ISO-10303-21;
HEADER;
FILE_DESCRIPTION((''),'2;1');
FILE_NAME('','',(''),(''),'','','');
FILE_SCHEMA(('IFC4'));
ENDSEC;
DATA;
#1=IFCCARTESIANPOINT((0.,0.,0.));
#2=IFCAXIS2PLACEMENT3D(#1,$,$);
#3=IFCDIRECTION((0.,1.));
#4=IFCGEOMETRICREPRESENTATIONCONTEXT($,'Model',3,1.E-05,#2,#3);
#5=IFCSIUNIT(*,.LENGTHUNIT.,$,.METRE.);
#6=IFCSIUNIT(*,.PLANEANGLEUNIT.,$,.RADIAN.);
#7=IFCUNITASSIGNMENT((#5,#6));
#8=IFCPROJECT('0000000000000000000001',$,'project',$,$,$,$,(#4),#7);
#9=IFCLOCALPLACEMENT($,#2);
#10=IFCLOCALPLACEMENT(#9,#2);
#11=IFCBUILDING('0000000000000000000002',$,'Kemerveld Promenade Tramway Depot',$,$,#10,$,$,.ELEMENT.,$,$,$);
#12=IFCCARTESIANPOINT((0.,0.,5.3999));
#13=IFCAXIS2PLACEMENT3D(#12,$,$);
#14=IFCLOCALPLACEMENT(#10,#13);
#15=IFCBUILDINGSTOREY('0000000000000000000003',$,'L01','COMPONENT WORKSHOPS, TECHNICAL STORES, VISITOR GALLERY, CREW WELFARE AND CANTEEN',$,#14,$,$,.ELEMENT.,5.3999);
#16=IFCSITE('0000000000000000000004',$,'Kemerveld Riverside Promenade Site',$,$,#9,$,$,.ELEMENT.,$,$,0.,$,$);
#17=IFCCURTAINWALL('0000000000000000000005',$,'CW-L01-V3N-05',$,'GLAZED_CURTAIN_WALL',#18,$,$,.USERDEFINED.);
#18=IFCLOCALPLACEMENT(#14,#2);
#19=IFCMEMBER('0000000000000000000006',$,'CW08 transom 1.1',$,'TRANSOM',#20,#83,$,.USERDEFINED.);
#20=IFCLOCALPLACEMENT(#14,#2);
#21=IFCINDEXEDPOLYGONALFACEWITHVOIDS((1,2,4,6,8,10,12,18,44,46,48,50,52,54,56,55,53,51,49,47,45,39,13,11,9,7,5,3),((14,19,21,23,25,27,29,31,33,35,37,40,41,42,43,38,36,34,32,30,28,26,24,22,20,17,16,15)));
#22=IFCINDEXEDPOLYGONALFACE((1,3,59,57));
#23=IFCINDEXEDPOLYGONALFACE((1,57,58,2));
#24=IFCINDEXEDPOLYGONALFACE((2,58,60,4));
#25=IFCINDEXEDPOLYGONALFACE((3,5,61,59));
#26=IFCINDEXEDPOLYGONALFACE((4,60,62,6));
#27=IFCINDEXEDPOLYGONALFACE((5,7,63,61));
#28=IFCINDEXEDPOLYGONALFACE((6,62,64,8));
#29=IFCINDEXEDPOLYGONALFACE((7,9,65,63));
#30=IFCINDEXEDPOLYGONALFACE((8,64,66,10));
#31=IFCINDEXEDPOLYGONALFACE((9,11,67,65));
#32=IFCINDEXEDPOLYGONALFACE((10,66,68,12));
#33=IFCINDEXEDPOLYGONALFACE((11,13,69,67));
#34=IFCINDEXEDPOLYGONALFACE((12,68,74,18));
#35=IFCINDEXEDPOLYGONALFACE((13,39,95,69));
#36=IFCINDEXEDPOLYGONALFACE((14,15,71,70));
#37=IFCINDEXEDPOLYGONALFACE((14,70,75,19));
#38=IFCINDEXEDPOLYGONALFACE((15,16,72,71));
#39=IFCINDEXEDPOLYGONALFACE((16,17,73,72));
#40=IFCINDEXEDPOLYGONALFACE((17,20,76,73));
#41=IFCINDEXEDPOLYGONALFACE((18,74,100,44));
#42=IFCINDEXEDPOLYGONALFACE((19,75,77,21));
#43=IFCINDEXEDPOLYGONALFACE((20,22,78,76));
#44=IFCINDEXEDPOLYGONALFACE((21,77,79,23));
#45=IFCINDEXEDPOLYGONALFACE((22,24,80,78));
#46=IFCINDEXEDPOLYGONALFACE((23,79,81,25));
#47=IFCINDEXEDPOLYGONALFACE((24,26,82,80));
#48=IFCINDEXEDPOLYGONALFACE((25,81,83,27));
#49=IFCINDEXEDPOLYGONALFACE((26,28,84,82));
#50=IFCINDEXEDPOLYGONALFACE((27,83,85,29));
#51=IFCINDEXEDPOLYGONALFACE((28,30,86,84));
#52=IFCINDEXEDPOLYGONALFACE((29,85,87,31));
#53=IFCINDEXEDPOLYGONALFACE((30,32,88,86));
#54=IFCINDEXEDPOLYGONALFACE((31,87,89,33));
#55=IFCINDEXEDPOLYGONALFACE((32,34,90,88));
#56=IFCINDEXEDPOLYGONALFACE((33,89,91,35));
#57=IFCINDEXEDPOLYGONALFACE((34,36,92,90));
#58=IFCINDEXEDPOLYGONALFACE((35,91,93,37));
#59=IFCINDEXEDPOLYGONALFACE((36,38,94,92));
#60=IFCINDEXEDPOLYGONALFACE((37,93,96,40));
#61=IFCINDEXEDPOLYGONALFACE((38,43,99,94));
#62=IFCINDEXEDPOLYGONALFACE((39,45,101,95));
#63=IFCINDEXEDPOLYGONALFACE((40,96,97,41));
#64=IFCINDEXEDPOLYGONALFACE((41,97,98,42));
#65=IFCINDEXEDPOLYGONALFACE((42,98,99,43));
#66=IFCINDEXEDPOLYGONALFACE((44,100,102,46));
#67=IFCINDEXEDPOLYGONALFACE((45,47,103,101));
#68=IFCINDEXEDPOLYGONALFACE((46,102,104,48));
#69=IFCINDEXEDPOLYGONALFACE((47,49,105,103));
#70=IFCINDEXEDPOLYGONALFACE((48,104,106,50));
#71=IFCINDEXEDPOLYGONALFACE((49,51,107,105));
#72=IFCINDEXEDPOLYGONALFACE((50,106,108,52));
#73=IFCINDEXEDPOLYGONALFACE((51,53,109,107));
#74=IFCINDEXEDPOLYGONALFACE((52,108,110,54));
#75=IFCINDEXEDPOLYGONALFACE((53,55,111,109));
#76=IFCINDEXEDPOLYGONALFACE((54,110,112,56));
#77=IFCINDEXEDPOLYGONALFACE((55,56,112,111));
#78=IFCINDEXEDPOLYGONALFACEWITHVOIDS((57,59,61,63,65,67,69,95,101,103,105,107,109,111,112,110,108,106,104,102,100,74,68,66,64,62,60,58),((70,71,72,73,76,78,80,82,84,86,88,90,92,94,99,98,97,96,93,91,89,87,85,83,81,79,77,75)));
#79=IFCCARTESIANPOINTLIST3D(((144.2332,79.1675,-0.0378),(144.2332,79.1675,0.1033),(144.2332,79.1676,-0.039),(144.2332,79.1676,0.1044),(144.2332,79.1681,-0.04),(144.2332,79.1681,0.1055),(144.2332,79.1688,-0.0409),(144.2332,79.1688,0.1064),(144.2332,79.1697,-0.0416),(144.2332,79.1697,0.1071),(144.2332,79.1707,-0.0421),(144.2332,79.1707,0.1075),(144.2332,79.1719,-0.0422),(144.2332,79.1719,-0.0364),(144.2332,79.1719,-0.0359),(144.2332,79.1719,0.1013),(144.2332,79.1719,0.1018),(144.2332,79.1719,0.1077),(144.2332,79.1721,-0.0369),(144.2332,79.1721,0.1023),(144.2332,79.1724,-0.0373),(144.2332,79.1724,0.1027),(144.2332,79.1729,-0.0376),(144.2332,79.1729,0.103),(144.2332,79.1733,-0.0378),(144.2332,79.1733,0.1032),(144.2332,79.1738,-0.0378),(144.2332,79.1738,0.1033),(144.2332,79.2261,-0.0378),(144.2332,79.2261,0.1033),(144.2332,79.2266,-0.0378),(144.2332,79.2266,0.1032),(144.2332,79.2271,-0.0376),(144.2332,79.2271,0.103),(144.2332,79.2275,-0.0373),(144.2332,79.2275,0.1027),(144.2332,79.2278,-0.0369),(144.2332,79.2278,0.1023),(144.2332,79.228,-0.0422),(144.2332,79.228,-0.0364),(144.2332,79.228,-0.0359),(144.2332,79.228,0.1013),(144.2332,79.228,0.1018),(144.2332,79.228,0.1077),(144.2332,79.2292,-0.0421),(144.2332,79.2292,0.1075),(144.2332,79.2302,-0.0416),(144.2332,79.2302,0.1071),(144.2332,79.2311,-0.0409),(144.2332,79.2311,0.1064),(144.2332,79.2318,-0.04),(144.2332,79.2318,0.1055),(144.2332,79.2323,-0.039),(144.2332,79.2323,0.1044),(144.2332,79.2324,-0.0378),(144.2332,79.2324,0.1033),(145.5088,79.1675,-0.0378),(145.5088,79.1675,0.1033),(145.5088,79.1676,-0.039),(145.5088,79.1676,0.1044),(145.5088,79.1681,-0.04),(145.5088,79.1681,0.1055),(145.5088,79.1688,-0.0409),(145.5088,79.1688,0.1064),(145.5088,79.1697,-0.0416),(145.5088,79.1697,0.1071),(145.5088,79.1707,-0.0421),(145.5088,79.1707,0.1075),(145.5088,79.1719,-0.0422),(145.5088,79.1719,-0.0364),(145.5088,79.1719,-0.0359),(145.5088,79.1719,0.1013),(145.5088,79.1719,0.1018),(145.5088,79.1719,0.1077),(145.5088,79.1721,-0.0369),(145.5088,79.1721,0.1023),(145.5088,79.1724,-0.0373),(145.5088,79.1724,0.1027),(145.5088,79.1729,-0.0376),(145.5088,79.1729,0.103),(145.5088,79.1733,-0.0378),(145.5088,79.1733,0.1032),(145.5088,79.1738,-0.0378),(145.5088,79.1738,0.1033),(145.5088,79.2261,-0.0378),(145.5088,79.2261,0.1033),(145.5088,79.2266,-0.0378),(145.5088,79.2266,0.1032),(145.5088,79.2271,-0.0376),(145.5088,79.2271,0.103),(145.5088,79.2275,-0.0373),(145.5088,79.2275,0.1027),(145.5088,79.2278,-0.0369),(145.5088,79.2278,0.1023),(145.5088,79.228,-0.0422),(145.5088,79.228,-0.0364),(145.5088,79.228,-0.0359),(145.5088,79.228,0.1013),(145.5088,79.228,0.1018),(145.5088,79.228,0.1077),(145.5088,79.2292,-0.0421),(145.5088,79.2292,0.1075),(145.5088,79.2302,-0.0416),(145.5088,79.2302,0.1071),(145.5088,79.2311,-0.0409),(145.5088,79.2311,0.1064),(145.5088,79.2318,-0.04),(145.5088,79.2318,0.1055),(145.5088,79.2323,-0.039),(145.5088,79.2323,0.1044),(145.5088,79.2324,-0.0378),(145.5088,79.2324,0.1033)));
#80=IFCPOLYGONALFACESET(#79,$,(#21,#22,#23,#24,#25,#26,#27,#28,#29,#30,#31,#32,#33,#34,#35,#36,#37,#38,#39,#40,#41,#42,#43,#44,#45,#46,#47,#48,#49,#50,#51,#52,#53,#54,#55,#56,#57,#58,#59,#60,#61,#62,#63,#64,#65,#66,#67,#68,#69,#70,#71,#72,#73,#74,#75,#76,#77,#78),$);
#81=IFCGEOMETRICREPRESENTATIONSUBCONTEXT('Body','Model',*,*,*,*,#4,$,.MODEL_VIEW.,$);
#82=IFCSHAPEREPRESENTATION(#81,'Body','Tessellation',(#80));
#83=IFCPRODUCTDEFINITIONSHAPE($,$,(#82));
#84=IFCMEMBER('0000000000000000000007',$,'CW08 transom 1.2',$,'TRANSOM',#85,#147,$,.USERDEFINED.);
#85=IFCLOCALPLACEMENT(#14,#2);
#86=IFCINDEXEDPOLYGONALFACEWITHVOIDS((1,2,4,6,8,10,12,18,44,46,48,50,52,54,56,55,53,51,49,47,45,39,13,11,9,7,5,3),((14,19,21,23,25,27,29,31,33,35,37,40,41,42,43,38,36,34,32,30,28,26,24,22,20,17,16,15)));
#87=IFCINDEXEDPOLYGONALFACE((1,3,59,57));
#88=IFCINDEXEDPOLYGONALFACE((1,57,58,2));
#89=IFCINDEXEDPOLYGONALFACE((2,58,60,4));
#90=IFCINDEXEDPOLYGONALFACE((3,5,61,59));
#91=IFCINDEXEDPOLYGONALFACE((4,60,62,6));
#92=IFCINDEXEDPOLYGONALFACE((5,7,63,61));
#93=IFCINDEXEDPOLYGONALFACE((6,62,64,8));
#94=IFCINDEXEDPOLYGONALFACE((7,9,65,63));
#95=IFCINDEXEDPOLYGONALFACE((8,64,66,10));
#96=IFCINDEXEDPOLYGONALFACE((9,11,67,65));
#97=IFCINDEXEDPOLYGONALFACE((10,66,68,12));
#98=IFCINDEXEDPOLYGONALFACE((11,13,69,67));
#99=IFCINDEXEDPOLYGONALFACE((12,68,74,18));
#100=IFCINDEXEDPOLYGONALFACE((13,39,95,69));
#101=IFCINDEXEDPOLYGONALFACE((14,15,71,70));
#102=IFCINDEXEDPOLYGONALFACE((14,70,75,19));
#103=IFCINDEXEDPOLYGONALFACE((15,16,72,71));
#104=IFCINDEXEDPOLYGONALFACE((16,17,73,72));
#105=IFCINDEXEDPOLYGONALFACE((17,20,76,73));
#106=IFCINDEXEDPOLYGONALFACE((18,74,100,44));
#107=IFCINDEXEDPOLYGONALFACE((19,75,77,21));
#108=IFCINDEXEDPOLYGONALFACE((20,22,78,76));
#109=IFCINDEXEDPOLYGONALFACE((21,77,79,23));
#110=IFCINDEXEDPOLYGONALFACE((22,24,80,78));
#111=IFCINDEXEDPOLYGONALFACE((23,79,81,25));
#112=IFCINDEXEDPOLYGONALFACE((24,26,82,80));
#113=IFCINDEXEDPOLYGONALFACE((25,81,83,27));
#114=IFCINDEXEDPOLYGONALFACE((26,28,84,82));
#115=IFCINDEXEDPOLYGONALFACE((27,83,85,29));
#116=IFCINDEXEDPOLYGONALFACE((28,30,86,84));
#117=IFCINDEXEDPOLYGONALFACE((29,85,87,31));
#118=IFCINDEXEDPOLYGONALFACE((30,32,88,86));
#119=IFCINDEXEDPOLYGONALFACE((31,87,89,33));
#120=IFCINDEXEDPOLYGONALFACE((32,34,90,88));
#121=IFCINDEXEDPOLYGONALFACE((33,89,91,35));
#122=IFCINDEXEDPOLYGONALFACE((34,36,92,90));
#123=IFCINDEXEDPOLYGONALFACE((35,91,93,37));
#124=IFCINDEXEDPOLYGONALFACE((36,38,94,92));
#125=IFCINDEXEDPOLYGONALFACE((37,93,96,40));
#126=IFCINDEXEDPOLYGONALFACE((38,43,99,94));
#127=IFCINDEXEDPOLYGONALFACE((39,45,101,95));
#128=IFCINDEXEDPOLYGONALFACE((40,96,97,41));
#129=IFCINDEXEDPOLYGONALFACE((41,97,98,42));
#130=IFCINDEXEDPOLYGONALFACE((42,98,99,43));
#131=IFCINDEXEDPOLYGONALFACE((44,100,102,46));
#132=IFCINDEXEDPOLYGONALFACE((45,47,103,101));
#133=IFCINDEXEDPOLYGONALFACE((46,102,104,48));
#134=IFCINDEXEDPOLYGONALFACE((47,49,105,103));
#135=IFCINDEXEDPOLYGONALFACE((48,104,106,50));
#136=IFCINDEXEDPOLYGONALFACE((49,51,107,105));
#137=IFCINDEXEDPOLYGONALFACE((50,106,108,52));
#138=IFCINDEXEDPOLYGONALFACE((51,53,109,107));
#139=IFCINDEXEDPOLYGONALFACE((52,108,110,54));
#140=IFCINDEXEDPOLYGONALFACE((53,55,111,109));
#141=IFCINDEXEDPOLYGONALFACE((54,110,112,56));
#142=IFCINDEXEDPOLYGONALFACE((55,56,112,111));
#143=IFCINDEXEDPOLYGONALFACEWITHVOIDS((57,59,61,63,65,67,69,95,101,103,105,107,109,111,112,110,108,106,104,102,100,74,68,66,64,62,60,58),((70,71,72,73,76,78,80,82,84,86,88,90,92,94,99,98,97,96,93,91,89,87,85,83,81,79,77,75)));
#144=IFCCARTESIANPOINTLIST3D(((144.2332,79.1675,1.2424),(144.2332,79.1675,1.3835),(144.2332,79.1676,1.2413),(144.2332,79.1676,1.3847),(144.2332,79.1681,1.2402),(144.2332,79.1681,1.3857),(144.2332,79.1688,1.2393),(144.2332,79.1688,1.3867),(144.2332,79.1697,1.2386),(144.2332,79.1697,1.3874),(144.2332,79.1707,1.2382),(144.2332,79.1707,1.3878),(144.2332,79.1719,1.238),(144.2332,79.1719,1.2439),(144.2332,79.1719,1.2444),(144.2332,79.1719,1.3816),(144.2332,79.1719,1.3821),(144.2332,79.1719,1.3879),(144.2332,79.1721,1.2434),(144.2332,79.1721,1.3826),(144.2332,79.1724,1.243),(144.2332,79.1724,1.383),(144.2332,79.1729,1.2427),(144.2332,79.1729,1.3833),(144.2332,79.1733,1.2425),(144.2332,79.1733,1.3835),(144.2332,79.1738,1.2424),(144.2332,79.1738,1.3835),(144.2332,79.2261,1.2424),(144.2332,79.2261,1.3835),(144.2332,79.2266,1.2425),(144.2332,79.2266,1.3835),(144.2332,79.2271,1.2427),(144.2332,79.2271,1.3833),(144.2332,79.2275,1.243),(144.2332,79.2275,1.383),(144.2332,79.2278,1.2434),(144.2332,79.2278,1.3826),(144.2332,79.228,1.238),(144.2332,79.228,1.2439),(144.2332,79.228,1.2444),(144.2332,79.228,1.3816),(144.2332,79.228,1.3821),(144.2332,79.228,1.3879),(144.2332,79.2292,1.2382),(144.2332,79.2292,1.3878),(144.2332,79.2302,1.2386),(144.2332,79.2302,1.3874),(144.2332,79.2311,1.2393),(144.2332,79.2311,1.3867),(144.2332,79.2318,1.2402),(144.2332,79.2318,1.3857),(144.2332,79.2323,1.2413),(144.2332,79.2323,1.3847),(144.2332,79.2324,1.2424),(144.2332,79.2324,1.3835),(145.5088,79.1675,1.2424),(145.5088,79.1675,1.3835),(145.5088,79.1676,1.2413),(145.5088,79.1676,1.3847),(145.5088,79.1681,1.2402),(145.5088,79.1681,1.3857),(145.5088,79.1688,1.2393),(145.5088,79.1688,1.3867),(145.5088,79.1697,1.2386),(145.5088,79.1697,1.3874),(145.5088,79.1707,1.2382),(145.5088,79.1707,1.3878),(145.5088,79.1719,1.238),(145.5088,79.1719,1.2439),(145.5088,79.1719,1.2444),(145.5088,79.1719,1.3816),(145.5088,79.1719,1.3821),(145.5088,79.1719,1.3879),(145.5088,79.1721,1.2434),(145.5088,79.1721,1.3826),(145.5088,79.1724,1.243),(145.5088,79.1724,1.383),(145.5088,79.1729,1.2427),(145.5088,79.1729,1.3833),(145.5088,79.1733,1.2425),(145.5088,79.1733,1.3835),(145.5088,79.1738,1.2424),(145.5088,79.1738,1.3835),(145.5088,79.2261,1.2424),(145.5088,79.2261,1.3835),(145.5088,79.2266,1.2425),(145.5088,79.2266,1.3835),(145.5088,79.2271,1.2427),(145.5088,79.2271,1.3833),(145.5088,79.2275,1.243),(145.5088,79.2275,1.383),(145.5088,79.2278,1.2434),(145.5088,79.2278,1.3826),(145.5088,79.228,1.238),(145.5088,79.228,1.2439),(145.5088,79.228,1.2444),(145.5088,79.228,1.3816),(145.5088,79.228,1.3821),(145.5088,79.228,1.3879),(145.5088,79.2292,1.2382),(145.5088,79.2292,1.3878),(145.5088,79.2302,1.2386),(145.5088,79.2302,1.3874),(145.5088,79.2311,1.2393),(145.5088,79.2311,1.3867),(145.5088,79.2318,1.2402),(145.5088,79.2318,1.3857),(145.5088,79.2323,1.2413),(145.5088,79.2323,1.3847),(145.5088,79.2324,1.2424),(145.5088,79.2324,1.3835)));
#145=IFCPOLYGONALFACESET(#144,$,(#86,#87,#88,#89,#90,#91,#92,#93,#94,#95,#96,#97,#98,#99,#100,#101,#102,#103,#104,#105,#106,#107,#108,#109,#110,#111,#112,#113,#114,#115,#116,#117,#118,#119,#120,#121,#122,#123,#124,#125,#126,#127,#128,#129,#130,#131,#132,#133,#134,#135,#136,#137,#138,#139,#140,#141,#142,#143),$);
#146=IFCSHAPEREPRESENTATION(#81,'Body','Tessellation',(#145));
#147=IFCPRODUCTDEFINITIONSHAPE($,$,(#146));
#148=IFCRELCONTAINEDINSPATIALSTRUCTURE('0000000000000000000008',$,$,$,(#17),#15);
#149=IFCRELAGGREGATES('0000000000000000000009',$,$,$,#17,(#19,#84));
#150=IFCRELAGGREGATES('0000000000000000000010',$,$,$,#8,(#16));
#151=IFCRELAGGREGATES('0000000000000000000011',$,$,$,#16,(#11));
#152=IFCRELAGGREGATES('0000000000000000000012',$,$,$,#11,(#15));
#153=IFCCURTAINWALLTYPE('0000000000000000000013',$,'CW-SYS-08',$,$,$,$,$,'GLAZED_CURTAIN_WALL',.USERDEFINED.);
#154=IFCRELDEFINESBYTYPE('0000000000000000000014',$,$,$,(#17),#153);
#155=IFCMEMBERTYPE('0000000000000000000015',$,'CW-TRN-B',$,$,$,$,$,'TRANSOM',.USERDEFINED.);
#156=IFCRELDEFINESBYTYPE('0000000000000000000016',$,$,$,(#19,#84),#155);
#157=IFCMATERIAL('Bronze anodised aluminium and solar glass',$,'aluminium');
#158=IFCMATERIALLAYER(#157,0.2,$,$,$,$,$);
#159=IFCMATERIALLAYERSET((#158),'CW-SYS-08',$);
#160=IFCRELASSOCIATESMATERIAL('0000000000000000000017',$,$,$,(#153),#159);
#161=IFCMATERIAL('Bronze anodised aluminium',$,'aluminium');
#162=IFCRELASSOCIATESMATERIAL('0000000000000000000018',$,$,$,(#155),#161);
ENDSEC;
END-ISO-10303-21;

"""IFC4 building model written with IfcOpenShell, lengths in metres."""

from ifc_helpers import new_model, si_unit, direction, frame, origin, origin_2d, place, context, subcontext, project, spatial, hollow_rectangle, extrude, material, layer, layer_set, material_profile, profile_set, type_object, element, aggregate, save


model = new_model("IFC4")

# Units and contexts
model_context = context("Model", 3, precision=1e-05, world=origin(), true_north=direction((0.0, 1.0)))
body_context = subcontext(model_context, "Body", "Model", "MODEL_VIEW")
ifc_project = project(units=[si_unit("LENGTHUNIT", "METRE"), si_unit("PLANEANGLEUNIT", "RADIAN")], contexts=[model_context])

# Site, building, storey
site_placement = place(None, origin())
site = spatial("IfcSite", under=ifc_project, at=site_placement, Name="Kemerveld Riverside Promenade Site", CompositionType="ELEMENT", RefElevation=0.0)
building_placement = place(site_placement, origin())
building = spatial("IfcBuilding", under=site, at=building_placement, Name="Kemerveld Promenade Tramway Depot", CompositionType="ELEMENT")
storey_placement = place(building_placement, frame((0.0, 0.0, 5.3999)))
storey = spatial("IfcBuildingStorey", under=building, at=storey_placement, Name="L01", Description="COMPONENT WORKSHOPS, TECHNICAL STORES, VISITOR GALLERY, CREW WELFARE AND CANTEEN", CompositionType="ELEMENT", Elevation=5.3999)

# Shared definitions
ifc_material_1 = material(Name="Bronze anodised aluminium and solar glass", Category="aluminium")
ifc_material_2 = material(Name="Bronze anodised aluminium", Category="aluminium")

# Curtain wall
ifc_layer_1 = layer(ifc_material_1, 0.2)
ifc_layer_set_1 = layer_set([ifc_layer_1], Name="CW-SYS-08")
curtain_wall_type_1 = type_object("IfcCurtainWallType", Name="CW-SYS-08", ElementType="GLAZED_CURTAIN_WALL", PredefinedType="USERDEFINED", material=ifc_layer_set_1)
curtain_wall_1_placement = place(storey_placement, origin())
curtain_wall_1 = element("IfcCurtainWall", 1, at=curtain_wall_1_placement, inside=storey, type_object=curtain_wall_type_1, Name="CW-L01-V3N-05", ObjectType="GLAZED_CURTAIN_WALL", PredefinedType="USERDEFINED")

# Members
ifc_material_profile_1 = material_profile(ifc_material_2, hollow_rectangle(XDim=0.0649, YDim=0.1499, WallThickness=0.0044, InnerFilletRadius=0.002, OuterFilletRadius=0.0044, at=origin_2d()), Name="CW-TRN-150x65")
ifc_profile_set_1 = profile_set([ifc_material_profile_1], Name="Bronze anodised aluminium")
member_type_1 = type_object("IfcMemberType", Name="CW-TRN-B", ElementType="TRANSOM", PredefinedType="USERDEFINED", material=ifc_profile_set_1)
member_1_placement = place(storey_placement, frame((144.2332, 79.2, 0.0327), z_axis=(1.0, 0.0, 0.0), x_axis=(0.0, 1.0, 0.0)))
member_1 = element("IfcMember", 2, at=member_1_placement, type_object=member_type_1, Name="CW08 transom 1.1", ObjectType="TRANSOM", PredefinedType="USERDEFINED", context=body_context, shape_type="SweptSolid", body=[
    extrude(hollow_rectangle(XDim=0.0649, YDim=0.1499, WallThickness=0.0044, InnerFilletRadius=0.002, OuterFilletRadius=0.0044, at=origin_2d()), origin(), (0.0, 0.0, 1.0), 1.2756),
])
member_2_placement = place(storey_placement, frame((144.2332, 79.2, 1.313), z_axis=(1.0, 0.0, 0.0), x_axis=(0.0, 1.0, 0.0)))
member_2 = element("IfcMember", 3, at=member_2_placement, type_object=member_type_1, Name="CW08 transom 1.2", ObjectType="TRANSOM", PredefinedType="USERDEFINED", context=body_context, shape_type="SweptSolid", body=[
    extrude(hollow_rectangle(XDim=0.0649, YDim=0.1499, WallThickness=0.0044, InnerFilletRadius=0.002, OuterFilletRadius=0.0044, at=origin_2d()), origin(), (0.0, 0.0, 1.0), 1.2756),
])

aggregate(curtain_wall_1, [member_1, member_2])

save(model, "model.ifc")
